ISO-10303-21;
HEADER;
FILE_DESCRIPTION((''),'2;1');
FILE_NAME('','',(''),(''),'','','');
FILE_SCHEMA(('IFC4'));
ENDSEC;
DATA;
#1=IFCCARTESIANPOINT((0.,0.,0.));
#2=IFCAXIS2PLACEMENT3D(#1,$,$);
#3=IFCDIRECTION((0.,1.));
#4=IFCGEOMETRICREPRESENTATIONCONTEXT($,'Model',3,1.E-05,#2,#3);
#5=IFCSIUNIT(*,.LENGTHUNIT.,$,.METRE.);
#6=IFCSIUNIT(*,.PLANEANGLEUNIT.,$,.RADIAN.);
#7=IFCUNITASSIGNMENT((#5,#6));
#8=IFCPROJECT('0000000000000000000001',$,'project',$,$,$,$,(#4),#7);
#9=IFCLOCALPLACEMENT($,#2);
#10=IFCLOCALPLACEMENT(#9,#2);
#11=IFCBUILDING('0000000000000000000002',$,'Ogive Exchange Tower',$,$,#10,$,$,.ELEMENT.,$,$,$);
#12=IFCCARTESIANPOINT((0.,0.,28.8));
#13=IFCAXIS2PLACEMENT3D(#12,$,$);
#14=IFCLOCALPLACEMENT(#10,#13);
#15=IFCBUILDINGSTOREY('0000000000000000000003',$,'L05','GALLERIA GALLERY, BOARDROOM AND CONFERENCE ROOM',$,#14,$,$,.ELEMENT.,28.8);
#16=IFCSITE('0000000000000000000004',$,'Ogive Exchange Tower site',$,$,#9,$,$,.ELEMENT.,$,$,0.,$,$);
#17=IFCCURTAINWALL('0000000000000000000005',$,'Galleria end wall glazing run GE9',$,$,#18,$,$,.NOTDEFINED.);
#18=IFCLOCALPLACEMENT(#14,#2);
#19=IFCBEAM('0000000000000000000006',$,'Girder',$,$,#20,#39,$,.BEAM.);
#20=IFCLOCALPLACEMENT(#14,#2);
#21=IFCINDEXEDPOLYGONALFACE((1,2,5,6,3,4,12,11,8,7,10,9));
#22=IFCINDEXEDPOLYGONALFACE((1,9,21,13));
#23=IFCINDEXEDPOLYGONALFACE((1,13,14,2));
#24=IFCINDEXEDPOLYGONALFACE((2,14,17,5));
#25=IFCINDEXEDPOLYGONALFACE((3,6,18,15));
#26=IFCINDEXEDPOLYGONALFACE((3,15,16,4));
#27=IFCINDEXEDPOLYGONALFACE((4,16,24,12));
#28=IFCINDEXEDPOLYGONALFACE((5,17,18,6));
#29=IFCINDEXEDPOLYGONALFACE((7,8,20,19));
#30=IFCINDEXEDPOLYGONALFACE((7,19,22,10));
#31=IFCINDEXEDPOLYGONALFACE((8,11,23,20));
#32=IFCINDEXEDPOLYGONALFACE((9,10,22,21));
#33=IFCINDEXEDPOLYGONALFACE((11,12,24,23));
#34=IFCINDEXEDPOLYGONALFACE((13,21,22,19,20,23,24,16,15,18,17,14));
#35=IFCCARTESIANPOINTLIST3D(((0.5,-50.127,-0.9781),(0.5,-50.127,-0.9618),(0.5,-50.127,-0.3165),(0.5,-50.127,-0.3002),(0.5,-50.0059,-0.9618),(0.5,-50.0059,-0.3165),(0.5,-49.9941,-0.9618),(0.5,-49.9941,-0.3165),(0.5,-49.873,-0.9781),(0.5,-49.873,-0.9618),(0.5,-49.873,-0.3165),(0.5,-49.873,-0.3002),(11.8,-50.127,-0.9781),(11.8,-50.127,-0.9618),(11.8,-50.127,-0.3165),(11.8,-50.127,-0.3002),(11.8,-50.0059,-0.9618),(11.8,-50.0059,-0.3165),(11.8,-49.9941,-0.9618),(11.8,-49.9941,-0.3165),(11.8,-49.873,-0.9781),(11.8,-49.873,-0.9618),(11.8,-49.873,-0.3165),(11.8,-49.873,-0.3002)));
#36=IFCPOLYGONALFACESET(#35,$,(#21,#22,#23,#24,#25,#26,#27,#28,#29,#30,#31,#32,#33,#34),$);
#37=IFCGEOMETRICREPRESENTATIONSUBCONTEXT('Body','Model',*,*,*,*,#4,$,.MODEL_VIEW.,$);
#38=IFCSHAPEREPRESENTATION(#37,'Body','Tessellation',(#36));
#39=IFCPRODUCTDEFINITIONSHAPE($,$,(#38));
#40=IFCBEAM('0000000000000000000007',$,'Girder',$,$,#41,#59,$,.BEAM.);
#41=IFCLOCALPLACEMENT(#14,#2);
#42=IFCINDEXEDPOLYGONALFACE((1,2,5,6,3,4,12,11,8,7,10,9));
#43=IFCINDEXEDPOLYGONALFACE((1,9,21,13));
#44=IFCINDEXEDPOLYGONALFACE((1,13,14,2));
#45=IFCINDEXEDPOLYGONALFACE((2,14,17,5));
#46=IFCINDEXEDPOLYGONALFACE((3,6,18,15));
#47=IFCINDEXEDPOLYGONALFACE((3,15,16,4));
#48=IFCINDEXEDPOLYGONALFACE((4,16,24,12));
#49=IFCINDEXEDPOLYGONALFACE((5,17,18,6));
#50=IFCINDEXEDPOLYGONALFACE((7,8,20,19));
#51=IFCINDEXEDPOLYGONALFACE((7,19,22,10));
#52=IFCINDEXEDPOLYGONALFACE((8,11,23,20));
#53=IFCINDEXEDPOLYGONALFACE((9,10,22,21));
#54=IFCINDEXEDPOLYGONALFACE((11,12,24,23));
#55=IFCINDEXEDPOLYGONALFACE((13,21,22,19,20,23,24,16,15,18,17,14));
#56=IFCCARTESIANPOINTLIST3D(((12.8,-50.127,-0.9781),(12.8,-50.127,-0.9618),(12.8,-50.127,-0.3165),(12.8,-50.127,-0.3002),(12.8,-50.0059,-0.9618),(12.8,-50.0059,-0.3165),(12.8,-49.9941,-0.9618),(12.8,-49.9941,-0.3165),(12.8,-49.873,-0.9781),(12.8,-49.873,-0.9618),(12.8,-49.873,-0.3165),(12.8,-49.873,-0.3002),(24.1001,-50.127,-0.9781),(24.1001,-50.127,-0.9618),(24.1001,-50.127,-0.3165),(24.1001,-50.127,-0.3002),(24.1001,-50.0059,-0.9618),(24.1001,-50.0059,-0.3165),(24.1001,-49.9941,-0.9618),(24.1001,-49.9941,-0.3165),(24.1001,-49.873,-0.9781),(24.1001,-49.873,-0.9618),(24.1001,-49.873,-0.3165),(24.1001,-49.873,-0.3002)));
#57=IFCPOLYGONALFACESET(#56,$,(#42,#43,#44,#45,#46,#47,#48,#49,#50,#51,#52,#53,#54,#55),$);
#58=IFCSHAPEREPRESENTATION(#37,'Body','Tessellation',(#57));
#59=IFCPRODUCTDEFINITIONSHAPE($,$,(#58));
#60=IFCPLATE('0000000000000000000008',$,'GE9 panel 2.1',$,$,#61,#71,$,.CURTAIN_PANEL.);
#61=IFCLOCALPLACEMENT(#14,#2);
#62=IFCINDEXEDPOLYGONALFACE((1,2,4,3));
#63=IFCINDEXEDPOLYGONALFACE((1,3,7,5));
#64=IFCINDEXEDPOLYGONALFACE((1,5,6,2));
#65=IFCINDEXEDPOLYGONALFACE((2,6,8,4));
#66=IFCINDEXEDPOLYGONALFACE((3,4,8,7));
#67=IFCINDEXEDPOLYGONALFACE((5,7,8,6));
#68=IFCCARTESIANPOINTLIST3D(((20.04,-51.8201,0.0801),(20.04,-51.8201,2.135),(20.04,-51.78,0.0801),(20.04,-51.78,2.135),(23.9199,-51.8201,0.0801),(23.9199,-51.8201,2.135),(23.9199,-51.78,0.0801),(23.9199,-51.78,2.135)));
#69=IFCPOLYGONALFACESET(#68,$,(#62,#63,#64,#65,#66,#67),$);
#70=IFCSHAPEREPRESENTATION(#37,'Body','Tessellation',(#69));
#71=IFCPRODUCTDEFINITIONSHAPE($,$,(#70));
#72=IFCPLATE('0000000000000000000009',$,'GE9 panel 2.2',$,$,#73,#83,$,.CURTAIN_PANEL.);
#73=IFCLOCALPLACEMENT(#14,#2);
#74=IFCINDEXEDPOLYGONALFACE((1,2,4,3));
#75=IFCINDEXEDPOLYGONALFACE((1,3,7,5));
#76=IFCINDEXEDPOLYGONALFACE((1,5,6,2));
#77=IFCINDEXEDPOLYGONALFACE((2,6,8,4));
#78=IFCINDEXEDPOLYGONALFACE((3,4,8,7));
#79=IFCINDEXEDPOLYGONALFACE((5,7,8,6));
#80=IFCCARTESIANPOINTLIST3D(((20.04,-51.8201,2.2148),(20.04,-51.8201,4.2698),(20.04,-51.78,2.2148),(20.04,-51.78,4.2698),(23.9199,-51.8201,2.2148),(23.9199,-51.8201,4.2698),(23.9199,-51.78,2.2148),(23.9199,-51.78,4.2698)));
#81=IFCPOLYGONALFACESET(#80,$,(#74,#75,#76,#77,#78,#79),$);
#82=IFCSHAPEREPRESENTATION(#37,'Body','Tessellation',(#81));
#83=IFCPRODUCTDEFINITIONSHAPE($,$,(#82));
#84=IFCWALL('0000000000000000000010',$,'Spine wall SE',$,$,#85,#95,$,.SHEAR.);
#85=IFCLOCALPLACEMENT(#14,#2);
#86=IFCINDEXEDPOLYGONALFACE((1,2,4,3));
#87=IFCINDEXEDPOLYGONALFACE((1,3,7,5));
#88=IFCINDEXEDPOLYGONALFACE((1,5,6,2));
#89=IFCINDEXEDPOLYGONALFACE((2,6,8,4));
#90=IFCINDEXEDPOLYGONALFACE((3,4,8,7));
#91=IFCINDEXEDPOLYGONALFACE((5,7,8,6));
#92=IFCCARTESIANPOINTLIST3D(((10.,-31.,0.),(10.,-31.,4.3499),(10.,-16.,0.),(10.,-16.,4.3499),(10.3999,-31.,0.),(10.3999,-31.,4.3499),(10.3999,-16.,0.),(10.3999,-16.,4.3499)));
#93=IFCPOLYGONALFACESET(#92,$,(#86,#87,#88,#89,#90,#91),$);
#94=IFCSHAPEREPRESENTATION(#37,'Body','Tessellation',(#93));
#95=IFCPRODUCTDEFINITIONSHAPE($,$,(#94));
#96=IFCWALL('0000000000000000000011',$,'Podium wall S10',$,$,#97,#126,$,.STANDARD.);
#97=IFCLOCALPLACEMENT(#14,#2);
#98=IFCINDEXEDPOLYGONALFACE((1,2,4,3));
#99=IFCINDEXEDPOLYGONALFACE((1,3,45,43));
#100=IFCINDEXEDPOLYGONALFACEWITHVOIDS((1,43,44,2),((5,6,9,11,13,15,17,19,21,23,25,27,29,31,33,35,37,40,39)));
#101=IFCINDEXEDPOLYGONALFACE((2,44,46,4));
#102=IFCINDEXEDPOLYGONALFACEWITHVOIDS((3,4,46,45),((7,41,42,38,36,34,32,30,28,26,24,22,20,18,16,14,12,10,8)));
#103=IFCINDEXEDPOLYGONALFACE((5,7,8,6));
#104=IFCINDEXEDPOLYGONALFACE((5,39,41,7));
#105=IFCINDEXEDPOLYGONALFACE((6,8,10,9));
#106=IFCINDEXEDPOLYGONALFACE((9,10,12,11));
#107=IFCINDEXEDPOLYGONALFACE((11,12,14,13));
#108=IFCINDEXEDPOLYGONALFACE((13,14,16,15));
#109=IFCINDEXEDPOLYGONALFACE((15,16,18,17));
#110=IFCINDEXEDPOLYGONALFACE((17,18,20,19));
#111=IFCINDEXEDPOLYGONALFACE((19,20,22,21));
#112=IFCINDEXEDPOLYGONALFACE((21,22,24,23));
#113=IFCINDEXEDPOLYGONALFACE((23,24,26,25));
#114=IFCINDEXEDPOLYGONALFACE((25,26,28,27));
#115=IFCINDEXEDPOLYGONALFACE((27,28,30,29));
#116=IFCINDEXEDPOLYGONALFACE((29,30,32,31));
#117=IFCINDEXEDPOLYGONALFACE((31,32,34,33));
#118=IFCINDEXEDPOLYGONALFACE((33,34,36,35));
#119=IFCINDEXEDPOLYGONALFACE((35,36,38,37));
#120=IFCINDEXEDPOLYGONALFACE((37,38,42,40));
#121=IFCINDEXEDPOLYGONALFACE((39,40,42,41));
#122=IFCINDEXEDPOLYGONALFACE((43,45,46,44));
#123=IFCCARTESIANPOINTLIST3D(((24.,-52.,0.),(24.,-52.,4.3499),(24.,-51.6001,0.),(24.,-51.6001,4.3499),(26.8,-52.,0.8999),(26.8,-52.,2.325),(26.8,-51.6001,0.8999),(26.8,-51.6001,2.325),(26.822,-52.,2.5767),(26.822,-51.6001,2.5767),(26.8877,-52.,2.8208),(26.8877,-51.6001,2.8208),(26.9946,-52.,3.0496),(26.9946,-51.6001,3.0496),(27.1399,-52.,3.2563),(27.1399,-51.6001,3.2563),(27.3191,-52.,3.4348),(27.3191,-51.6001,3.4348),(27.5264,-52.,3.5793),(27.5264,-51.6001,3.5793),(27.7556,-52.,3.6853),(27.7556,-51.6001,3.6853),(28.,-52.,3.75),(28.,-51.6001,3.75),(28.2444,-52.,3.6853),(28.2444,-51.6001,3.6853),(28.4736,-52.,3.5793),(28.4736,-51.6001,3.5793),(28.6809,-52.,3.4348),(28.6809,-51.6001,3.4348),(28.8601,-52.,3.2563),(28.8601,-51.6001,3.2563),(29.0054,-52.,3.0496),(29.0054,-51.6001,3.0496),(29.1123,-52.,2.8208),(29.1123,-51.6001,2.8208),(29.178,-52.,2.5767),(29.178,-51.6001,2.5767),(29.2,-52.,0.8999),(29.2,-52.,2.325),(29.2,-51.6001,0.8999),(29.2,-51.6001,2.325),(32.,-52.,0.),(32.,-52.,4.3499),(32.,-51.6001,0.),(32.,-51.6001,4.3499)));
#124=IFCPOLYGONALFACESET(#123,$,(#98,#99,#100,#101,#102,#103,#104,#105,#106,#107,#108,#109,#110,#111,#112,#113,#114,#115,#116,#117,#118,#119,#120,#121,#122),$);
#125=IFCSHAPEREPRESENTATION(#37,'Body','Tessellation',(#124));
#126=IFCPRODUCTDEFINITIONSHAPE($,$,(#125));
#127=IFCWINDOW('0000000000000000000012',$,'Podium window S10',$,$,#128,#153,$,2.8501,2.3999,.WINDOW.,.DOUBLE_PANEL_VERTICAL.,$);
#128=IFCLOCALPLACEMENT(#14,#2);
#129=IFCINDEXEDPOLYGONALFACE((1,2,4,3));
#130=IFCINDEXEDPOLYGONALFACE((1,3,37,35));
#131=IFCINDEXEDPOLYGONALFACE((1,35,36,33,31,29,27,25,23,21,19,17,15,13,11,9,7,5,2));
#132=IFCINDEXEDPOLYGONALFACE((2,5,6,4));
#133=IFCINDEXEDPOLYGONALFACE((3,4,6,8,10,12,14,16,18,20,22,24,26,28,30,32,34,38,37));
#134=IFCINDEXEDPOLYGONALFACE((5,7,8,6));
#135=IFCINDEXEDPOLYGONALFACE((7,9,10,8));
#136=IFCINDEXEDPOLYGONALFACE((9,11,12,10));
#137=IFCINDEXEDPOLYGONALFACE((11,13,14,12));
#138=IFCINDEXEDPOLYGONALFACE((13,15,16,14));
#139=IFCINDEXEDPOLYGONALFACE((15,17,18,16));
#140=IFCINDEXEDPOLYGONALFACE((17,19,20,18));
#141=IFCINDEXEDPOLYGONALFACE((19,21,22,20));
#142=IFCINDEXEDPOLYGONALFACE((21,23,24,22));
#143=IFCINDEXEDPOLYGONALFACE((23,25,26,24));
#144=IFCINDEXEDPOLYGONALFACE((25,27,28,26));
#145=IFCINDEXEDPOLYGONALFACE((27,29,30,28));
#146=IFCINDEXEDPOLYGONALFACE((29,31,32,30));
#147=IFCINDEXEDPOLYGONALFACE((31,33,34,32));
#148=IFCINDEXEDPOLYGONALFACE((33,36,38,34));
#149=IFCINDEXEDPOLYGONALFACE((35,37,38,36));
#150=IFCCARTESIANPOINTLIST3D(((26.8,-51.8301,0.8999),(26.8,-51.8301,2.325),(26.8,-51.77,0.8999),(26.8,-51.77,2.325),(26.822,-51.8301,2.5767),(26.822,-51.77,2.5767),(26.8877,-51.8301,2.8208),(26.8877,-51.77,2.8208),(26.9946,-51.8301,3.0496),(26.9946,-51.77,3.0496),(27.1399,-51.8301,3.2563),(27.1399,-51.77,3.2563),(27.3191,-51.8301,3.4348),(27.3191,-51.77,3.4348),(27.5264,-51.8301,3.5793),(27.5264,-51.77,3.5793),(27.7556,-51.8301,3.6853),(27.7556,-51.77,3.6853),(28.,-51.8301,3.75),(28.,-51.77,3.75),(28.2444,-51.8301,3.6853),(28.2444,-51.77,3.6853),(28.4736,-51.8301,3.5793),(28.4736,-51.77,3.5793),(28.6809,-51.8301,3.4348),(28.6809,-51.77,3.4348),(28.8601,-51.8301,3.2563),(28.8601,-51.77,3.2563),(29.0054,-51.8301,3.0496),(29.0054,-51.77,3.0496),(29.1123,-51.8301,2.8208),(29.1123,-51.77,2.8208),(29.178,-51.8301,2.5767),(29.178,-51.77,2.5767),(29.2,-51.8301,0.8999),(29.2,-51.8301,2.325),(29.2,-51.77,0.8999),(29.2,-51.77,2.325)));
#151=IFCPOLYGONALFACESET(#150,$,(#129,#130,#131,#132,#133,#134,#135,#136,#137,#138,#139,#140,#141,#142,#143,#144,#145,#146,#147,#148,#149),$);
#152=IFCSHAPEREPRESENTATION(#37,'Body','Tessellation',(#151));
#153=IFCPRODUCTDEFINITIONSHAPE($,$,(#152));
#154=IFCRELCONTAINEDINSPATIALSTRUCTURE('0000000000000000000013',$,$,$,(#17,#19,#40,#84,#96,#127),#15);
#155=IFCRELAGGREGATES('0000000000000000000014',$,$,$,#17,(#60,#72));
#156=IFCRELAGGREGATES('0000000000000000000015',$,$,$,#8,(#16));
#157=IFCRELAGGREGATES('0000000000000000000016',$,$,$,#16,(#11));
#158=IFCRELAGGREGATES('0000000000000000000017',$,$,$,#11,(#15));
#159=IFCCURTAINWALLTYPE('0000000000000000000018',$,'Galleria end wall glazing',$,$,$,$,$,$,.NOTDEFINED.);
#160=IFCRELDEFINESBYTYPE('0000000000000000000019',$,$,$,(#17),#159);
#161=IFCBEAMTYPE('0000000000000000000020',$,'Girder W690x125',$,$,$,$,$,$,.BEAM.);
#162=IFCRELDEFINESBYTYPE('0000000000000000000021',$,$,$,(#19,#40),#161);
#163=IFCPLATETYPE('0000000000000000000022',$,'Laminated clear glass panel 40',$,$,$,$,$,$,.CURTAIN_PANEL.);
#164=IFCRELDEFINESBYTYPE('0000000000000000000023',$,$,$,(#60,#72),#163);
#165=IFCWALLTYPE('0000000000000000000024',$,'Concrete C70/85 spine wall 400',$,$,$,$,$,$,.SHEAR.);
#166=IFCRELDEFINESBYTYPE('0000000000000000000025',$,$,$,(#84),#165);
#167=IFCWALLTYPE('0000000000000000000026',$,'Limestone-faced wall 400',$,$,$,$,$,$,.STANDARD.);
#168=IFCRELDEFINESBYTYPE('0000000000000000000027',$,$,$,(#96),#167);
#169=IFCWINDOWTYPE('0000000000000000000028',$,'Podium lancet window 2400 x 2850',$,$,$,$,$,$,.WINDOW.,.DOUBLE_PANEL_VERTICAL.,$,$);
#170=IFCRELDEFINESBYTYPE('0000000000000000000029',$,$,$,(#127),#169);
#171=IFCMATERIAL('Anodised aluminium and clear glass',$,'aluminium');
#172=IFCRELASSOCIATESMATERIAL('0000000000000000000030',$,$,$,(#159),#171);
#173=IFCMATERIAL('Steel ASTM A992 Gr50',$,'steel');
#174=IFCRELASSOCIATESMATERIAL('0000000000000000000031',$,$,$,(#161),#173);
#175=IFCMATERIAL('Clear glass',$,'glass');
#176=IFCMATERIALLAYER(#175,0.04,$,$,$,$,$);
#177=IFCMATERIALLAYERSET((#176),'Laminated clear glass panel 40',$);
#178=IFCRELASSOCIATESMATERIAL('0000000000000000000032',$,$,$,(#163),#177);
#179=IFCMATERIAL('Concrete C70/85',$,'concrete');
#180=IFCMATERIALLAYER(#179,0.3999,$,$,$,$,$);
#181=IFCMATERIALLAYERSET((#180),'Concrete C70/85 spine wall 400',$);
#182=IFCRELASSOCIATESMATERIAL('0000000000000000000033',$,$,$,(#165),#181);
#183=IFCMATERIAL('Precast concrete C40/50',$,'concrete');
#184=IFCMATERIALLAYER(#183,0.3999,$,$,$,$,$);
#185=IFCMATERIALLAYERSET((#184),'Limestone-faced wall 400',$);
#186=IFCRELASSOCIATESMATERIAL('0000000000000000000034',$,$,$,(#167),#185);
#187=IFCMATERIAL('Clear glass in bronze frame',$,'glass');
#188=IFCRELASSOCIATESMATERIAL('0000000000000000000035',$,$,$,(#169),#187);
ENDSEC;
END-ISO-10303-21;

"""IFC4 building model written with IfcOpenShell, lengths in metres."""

from ifc_helpers import new_model, si_unit, direction, frame, frame_2d, origin, origin_2d, place, context, subcontext, project, spatial, polyline, rectangle, i_section, outline, extrude, material, layer, layer_set, material_profile, profile_set, type_object, element, fill, aggregate, save


model = new_model("IFC4")

# Units and contexts
model_context = context("Model", 3, precision=1e-05, world=origin(), true_north=direction((0.0, 1.0)))
body_context = subcontext(model_context, "Body", "Model", "MODEL_VIEW")
ifc_project = project(units=[si_unit("LENGTHUNIT", "METRE"), si_unit("PLANEANGLEUNIT", "RADIAN")], contexts=[model_context])

# Site, building, storey
site_placement = place(None, origin())
site = spatial("IfcSite", under=ifc_project, at=site_placement, Name="Ogive Exchange Tower site", CompositionType="ELEMENT", RefElevation=0.0)
building_placement = place(site_placement, origin())
building = spatial("IfcBuilding", under=site, at=building_placement, Name="Ogive Exchange Tower", CompositionType="ELEMENT")
storey_placement = place(building_placement, frame((0.0, 0.0, 28.8)))
storey = spatial("IfcBuildingStorey", under=building, at=storey_placement, Name="L05", Description="GALLERIA GALLERY, BOARDROOM AND CONFERENCE ROOM", CompositionType="ELEMENT", Elevation=28.8)

# Shared definitions
ifc_material_1 = material(Name="Concrete C70/85", Category="concrete")

# Shared definitions
ifc_material_2 = material(Name="Steel ASTM A992 Gr50", Category="steel")

# Curtain wall
ifc_material_3 = material(Name="Anodised aluminium and clear glass", Category="aluminium")
curtain_wall_type = type_object("IfcCurtainWallType", Name="Galleria end wall glazing", PredefinedType="NOTDEFINED", material=ifc_material_3)
curtain_wall_placement = place(storey_placement, origin())
curtain_wall = element("IfcCurtainWall", 1, at=curtain_wall_placement, inside=storey, type_object=curtain_wall_type, Name="Galleria end wall glazing run GE9", PredefinedType="NOTDEFINED")

# Beams
ifc_material_profile_1 = material_profile(ifc_material_2, i_section(OverallWidth=0.2539, OverallDepth=0.678, WebThickness=0.0117, FlangeThickness=0.0164, at=origin_2d()), Name="W690x125")
ifc_profile_set_1 = profile_set([ifc_material_profile_1], Name="Steel ASTM A992 Gr50")
beam_type_1 = type_object("IfcBeamType", Name="Girder W690x125", PredefinedType="BEAM", material=ifc_profile_set_1)
for number, where, z_axis, x_axis, name in (
    (2, (0.5, -50.0, -0.6392), (1.0, 0.0, 0.0), (0.0, 1.0, 0.0), "Girder"),
    (3, (12.8, -50.0, -0.6392), (1.0, 0.0, 0.0), (0.0, 1.0, 0.0), "Girder"),
):
    element("IfcBeam", number, at=place(storey_placement, frame(where, z_axis=z_axis, x_axis=x_axis)), inside=storey, type_object=beam_type_1, Name=name, PredefinedType="BEAM", context=body_context, shape_type="SweptSolid", body=[
        extrude(i_section(OverallWidth=0.2539, OverallDepth=0.678, WebThickness=0.0117, FlangeThickness=0.0164, at=origin_2d()), origin(), (0.0, 0.0, 1.0), 11.3),
    ])

# Plates
ifc_material_4 = material(Name="Clear glass", Category="glass")
ifc_layer_1 = layer(ifc_material_4, 0.04)
ifc_layer_set_1 = layer_set([ifc_layer_1], Name="Laminated clear glass panel 40")
plate_type = type_object("IfcPlateType", Name="Laminated clear glass panel 40", PredefinedType="CURTAIN_PANEL", material=ifc_layer_set_1)
plate_1_placement = place(storey_placement, frame((21.98, -51.8, 0.0801), z_axis=(0.0, 0.0, 1.0), x_axis=(1.0, 0.0, 0.0)))
plate_1 = element("IfcPlate", 4, at=plate_1_placement, type_object=plate_type, Name="GE9 panel 2.1", PredefinedType="CURTAIN_PANEL", context=body_context, shape_type="SweptSolid", body=[
    extrude(rectangle(XDim=3.8799, YDim=0.04, at=origin_2d()), origin(), (0.0, 0.0, 1.0), 2.0549),
])
plate_2_placement = place(storey_placement, frame((21.98, -51.8, 2.2148), z_axis=(0.0, 0.0, 1.0), x_axis=(1.0, 0.0, 0.0)))
plate_2 = element("IfcPlate", 5, at=plate_2_placement, type_object=plate_type, Name="GE9 panel 2.2", PredefinedType="CURTAIN_PANEL", context=body_context, shape_type="SweptSolid", body=[
    extrude(rectangle(XDim=3.8799, YDim=0.04, at=origin_2d()), origin(), (0.0, 0.0, 1.0), 2.0549),
])
aggregate(curtain_wall, [plate_1, plate_2])

# Wall
ifc_layer_2 = layer(ifc_material_1, 0.3999)
ifc_layer_set_2 = layer_set([ifc_layer_2], Name="Concrete C70/85 spine wall 400")
wall_type_1 = type_object("IfcWallType", Name="Concrete C70/85 spine wall 400", PredefinedType="SHEAR", material=ifc_layer_set_2)
wall_1_placement = place(storey_placement, frame((10.2, -31.0, 0.0), z_axis=(0.0, 0.0, 1.0), x_axis=(0.0, 1.0, 0.0)))
element("IfcWall", 6, at=wall_1_placement, inside=storey, type_object=wall_type_1, Name="Spine wall SE", PredefinedType="SHEAR", context=body_context, shape_type="SweptSolid", body=[
    extrude(rectangle(XDim=15.0, YDim=0.3999, at=frame_2d((7.5, 0.0))), origin(), (0.0, 0.0, 1.0), 4.3499),
])

# Wall, opening, window
ifc_material_5 = material(Name="Precast concrete C40/50", Category="concrete")
ifc_layer_3 = layer(ifc_material_5, 0.3999)
ifc_layer_set_3 = layer_set([ifc_layer_3], Name="Limestone-faced wall 400")
wall_type_2 = type_object("IfcWallType", Name="Limestone-faced wall 400", PredefinedType="STANDARD", material=ifc_layer_set_3)
wall_2_placement = place(storey_placement, frame((24.0, -51.8, 0.0), z_axis=(0.0, 0.0, 1.0), x_axis=(1.0, 0.0, 0.0)))
wall_2 = element("IfcWall", 7, at=wall_2_placement, inside=storey, type_object=wall_type_2, Name="Podium wall S10", PredefinedType="STANDARD", context=body_context, shape_type="SweptSolid", body=[
    extrude(rectangle(XDim=8.0, YDim=0.3999, at=frame_2d((4.0, 0.0))), origin(), (0.0, 0.0, 1.0), 4.3499),
])
opening_placement = place(wall_2_placement, frame((2.8, 0.0, 0.8999)))
opening = element("IfcOpeningElement", 8, at=opening_placement, cuts=wall_2, PredefinedType="OPENING", context=body_context, shape_type="SweptSolid", body=[
    extrude(outline(polyline([(0.0, 0.0), (2.3999, 0.0), (2.3999, 1.425), (2.3779, 1.6768), (2.3123, 1.9209), (2.2053, 2.1497), (2.0601, 2.3564), (1.8809, 2.5349), (1.6736, 2.6794), (1.4443, 2.7854), (1.2, 2.8501), (0.9556, 2.7854), (0.7263, 2.6794), (0.519, 2.5349), (0.3398, 2.3564), (0.1946, 2.1497), (0.0876, 1.9209), (0.022, 1.6768), (0.0, 1.425), (0.0, 0.0)])), frame((0.0, 0.21, 0.0), z_axis=(0.0, -1.0, 0.0), x_axis=(1.0, 0.0, 0.0)), (0.0, 0.0, 1.0), 0.4199),
])
ifc_material_6 = material(Name="Clear glass in bronze frame", Category="glass")
window_type = type_object("IfcWindowType", Name="Podium lancet window 2400 x 2850", PartitioningType="DOUBLE_PANEL_VERTICAL", PredefinedType="WINDOW", material=ifc_material_6)
window_placement = place(opening_placement, origin())
window = element("IfcWindow", 9, at=window_placement, inside=storey, type_object=window_type, Name="Podium window S10", OverallHeight=2.8501, OverallWidth=2.3999, PartitioningType="DOUBLE_PANEL_VERTICAL", PredefinedType="WINDOW", context=body_context, shape_type="SweptSolid", body=[
    extrude(outline(polyline([(0.0, 0.0), (2.3999, 0.0), (2.3999, 1.425), (2.3779, 1.6768), (2.3123, 1.9209), (2.2053, 2.1497), (2.0601, 2.3564), (1.8809, 2.5349), (1.6736, 2.6794), (1.4443, 2.7854), (1.2, 2.8501), (0.9556, 2.7854), (0.7263, 2.6794), (0.519, 2.5349), (0.3398, 2.3564), (0.1946, 2.1497), (0.0876, 1.9209), (0.022, 1.6768), (0.0, 1.425), (0.0, 0.0)])), frame((0.0, 0.03, 0.0), z_axis=(0.0, -1.0, 0.0), x_axis=(1.0, 0.0, 0.0)), (0.0, 0.0, 1.0), 0.0601),
])
fill(opening, window)

save(model, "model.ifc")
